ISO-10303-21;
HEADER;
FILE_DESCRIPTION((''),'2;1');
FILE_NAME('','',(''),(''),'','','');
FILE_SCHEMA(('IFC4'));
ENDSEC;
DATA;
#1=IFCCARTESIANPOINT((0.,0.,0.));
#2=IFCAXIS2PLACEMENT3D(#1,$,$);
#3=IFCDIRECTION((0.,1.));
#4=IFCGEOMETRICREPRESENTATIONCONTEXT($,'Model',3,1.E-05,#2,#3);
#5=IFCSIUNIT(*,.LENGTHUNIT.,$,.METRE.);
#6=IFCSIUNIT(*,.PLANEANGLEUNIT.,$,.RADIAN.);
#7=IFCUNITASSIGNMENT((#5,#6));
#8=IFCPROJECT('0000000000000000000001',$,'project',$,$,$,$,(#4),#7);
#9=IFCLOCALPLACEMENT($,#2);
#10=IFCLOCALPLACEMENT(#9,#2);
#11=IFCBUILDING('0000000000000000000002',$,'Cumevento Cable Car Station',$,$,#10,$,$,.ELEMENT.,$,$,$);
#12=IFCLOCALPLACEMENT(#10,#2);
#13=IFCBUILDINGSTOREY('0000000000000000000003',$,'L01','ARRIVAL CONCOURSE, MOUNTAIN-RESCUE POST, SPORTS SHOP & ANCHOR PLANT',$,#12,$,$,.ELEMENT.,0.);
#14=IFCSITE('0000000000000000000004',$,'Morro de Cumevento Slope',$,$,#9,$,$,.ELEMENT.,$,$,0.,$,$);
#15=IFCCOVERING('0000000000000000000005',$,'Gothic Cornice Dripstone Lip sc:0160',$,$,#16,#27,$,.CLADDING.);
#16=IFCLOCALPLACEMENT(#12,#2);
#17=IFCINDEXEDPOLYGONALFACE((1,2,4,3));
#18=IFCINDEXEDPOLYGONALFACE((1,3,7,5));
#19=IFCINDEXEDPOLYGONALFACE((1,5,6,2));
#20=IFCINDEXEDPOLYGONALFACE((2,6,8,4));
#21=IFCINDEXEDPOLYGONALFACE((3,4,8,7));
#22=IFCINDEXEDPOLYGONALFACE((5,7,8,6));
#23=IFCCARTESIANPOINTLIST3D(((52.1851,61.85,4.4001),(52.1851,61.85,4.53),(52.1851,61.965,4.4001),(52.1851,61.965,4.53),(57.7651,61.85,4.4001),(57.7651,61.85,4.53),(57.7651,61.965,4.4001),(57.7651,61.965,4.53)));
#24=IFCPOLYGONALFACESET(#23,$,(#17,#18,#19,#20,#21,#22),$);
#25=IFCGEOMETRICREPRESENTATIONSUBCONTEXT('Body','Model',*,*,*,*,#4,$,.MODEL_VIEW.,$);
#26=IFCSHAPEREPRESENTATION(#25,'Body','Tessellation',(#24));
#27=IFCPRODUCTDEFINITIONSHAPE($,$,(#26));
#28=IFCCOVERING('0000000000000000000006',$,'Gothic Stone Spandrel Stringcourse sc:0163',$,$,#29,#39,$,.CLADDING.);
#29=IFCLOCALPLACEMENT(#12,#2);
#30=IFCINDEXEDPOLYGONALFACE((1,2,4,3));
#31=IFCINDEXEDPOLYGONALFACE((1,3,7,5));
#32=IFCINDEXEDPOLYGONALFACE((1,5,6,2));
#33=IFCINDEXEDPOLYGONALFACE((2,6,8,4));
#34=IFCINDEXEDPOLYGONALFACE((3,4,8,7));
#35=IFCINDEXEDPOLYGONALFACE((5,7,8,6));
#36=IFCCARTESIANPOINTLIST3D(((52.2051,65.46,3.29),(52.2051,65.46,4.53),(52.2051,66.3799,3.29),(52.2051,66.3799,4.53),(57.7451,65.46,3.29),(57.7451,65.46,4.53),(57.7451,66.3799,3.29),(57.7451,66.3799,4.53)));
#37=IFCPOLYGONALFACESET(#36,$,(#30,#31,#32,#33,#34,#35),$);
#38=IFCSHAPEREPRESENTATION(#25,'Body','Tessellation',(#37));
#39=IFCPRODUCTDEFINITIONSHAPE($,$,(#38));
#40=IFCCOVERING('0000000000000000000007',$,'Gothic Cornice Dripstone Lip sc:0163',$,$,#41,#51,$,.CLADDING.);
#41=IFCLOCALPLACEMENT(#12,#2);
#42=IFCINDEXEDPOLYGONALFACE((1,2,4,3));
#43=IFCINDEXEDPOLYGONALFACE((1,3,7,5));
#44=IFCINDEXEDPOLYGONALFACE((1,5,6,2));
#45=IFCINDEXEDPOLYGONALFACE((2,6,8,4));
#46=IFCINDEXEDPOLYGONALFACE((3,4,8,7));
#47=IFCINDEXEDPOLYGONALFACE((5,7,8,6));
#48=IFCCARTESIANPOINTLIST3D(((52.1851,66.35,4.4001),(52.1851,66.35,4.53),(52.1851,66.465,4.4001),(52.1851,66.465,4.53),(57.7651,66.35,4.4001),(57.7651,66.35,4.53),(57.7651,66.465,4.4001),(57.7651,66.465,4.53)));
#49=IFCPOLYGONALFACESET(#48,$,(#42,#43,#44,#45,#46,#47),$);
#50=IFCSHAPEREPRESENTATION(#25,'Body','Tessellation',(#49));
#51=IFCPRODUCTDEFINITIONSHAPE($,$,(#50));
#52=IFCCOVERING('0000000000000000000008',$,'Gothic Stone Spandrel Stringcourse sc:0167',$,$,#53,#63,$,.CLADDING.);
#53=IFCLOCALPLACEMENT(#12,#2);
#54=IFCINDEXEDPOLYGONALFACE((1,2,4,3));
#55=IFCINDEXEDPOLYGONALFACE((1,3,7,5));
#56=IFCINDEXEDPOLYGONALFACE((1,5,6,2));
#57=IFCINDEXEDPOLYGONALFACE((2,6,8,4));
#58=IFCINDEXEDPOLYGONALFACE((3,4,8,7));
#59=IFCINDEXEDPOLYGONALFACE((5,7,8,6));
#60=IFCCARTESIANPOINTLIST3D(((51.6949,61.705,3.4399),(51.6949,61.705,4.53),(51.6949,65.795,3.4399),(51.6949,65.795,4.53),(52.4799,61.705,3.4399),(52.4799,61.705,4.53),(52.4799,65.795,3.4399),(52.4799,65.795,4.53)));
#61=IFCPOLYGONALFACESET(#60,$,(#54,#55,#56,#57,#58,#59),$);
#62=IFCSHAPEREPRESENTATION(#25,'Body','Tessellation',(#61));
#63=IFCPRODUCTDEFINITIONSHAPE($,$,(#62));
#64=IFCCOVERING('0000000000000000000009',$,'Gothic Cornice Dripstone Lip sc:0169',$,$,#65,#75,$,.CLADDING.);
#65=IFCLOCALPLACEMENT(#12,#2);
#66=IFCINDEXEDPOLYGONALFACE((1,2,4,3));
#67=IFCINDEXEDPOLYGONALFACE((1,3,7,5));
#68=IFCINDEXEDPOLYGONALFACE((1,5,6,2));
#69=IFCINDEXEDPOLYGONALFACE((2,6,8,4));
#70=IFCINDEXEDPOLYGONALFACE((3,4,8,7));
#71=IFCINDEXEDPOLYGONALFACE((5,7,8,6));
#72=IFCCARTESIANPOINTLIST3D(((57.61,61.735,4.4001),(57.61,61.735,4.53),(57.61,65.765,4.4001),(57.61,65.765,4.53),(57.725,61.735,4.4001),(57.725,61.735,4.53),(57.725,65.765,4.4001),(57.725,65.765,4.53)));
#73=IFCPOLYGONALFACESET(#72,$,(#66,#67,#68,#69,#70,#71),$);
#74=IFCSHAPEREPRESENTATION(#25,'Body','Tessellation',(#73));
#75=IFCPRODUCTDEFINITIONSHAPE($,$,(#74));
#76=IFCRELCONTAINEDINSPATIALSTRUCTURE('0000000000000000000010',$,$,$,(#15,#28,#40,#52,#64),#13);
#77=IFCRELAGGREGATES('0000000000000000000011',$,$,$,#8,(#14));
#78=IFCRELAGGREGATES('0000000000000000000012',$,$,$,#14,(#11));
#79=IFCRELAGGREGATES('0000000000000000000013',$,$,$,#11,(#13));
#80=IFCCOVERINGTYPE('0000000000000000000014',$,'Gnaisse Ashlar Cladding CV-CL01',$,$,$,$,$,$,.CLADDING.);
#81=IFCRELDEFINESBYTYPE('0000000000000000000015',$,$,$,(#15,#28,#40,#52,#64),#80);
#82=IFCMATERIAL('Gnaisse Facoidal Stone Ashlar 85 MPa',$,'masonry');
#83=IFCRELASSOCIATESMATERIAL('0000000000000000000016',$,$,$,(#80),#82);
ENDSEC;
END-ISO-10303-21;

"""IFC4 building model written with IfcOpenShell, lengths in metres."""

from ifc_helpers import new_model, si_unit, direction, frame, origin, origin_2d, place, context, subcontext, project, spatial, rectangle, extrude, material, type_object, element, save


model = new_model("IFC4")

# Units and contexts
model_context = context("Model", 3, precision=1e-05, world=origin(), true_north=direction((0.0, 1.0)))
body_context = subcontext(model_context, "Body", "Model", "MODEL_VIEW")
ifc_project = project(units=[si_unit("LENGTHUNIT", "METRE"), si_unit("PLANEANGLEUNIT", "RADIAN")], contexts=[model_context])

# Site, building, storey
site_placement = place(None, origin())
site = spatial("IfcSite", under=ifc_project, at=site_placement, Name="Morro de Cumevento Slope", CompositionType="ELEMENT", RefElevation=0.0)
building_placement = place(site_placement, origin())
building = spatial("IfcBuilding", under=site, at=building_placement, Name="Cumevento Cable Car Station", CompositionType="ELEMENT")
storey_placement = place(building_placement, origin())
storey = spatial("IfcBuildingStorey", under=building, at=storey_placement, Name="L01", Description="ARRIVAL CONCOURSE, MOUNTAIN-RESCUE POST, SPORTS SHOP & ANCHOR PLANT", CompositionType="ELEMENT", Elevation=0.0)

# Coverings
ifc_material_1 = material(Name="Gnaisse Facoidal Stone Ashlar 85 MPa", Category="masonry")
covering_type = type_object("IfcCoveringType", Name="Gnaisse Ashlar Cladding CV-CL01", PredefinedType="CLADDING", material=ifc_material_1)
covering_1_placement = place(storey_placement, frame((54.9751, 61.9075, 4.4001), z_axis=(0.0, 0.0, 1.0), x_axis=(1.0, 0.0, 0.0)))
element("IfcCovering", 1, at=covering_1_placement, inside=storey, type_object=covering_type, Name="Gothic Cornice Dripstone Lip sc:0160", PredefinedType="CLADDING", context=body_context, shape_type="SweptSolid", body=[
    extrude(rectangle(XDim=5.5801, YDim=0.115, at=origin_2d()), origin(), (0.0, 0.0, 1.0), 0.1299),
])
covering_2_placement = place(storey_placement, frame((54.9751, 65.9199, 3.29), z_axis=(0.0, 0.0, 1.0), x_axis=(1.0, 0.0, 0.0)))
element("IfcCovering", 2, at=covering_2_placement, inside=storey, type_object=covering_type, Name="Gothic Stone Spandrel Stringcourse sc:0163", PredefinedType="CLADDING", context=body_context, shape_type="SweptSolid", body=[
    extrude(rectangle(XDim=5.54, YDim=0.9199, at=origin_2d()), origin(), (0.0, 0.0, 1.0), 1.24),
])
covering_3_placement = place(storey_placement, frame((54.9751, 66.4075, 4.4001), z_axis=(0.0, 0.0, 1.0), x_axis=(1.0, 0.0, 0.0)))
element("IfcCovering", 3, at=covering_3_placement, inside=storey, type_object=covering_type, Name="Gothic Cornice Dripstone Lip sc:0163", PredefinedType="CLADDING", context=body_context, shape_type="SweptSolid", body=[
    extrude(rectangle(XDim=5.5801, YDim=0.115, at=origin_2d()), origin(), (0.0, 0.0, 1.0), 0.1299),
])
covering_4_placement = place(storey_placement, frame((52.0874, 63.75, 3.4399), z_axis=(0.0, 0.0, 1.0), x_axis=(0.0, 1.0, 0.0)))
element("IfcCovering", 4, at=covering_4_placement, inside=storey, type_object=covering_type, Name="Gothic Stone Spandrel Stringcourse sc:0167", PredefinedType="CLADDING", context=body_context, shape_type="SweptSolid", body=[
    extrude(rectangle(XDim=4.0901, YDim=0.7849, at=origin_2d()), origin(), (0.0, 0.0, 1.0), 1.0901),
])
covering_5_placement = place(storey_placement, frame((57.6675, 63.75, 4.4001), z_axis=(0.0, 0.0, 1.0), x_axis=(0.0, 1.0, 0.0)))
element("IfcCovering", 5, at=covering_5_placement, inside=storey, type_object=covering_type, Name="Gothic Cornice Dripstone Lip sc:0169", PredefinedType="CLADDING", context=body_context, shape_type="SweptSolid", body=[
    extrude(rectangle(XDim=4.03, YDim=0.115, at=origin_2d()), origin(), (0.0, 0.0, 1.0), 0.1299),
])

save(model, "model.ifc")
